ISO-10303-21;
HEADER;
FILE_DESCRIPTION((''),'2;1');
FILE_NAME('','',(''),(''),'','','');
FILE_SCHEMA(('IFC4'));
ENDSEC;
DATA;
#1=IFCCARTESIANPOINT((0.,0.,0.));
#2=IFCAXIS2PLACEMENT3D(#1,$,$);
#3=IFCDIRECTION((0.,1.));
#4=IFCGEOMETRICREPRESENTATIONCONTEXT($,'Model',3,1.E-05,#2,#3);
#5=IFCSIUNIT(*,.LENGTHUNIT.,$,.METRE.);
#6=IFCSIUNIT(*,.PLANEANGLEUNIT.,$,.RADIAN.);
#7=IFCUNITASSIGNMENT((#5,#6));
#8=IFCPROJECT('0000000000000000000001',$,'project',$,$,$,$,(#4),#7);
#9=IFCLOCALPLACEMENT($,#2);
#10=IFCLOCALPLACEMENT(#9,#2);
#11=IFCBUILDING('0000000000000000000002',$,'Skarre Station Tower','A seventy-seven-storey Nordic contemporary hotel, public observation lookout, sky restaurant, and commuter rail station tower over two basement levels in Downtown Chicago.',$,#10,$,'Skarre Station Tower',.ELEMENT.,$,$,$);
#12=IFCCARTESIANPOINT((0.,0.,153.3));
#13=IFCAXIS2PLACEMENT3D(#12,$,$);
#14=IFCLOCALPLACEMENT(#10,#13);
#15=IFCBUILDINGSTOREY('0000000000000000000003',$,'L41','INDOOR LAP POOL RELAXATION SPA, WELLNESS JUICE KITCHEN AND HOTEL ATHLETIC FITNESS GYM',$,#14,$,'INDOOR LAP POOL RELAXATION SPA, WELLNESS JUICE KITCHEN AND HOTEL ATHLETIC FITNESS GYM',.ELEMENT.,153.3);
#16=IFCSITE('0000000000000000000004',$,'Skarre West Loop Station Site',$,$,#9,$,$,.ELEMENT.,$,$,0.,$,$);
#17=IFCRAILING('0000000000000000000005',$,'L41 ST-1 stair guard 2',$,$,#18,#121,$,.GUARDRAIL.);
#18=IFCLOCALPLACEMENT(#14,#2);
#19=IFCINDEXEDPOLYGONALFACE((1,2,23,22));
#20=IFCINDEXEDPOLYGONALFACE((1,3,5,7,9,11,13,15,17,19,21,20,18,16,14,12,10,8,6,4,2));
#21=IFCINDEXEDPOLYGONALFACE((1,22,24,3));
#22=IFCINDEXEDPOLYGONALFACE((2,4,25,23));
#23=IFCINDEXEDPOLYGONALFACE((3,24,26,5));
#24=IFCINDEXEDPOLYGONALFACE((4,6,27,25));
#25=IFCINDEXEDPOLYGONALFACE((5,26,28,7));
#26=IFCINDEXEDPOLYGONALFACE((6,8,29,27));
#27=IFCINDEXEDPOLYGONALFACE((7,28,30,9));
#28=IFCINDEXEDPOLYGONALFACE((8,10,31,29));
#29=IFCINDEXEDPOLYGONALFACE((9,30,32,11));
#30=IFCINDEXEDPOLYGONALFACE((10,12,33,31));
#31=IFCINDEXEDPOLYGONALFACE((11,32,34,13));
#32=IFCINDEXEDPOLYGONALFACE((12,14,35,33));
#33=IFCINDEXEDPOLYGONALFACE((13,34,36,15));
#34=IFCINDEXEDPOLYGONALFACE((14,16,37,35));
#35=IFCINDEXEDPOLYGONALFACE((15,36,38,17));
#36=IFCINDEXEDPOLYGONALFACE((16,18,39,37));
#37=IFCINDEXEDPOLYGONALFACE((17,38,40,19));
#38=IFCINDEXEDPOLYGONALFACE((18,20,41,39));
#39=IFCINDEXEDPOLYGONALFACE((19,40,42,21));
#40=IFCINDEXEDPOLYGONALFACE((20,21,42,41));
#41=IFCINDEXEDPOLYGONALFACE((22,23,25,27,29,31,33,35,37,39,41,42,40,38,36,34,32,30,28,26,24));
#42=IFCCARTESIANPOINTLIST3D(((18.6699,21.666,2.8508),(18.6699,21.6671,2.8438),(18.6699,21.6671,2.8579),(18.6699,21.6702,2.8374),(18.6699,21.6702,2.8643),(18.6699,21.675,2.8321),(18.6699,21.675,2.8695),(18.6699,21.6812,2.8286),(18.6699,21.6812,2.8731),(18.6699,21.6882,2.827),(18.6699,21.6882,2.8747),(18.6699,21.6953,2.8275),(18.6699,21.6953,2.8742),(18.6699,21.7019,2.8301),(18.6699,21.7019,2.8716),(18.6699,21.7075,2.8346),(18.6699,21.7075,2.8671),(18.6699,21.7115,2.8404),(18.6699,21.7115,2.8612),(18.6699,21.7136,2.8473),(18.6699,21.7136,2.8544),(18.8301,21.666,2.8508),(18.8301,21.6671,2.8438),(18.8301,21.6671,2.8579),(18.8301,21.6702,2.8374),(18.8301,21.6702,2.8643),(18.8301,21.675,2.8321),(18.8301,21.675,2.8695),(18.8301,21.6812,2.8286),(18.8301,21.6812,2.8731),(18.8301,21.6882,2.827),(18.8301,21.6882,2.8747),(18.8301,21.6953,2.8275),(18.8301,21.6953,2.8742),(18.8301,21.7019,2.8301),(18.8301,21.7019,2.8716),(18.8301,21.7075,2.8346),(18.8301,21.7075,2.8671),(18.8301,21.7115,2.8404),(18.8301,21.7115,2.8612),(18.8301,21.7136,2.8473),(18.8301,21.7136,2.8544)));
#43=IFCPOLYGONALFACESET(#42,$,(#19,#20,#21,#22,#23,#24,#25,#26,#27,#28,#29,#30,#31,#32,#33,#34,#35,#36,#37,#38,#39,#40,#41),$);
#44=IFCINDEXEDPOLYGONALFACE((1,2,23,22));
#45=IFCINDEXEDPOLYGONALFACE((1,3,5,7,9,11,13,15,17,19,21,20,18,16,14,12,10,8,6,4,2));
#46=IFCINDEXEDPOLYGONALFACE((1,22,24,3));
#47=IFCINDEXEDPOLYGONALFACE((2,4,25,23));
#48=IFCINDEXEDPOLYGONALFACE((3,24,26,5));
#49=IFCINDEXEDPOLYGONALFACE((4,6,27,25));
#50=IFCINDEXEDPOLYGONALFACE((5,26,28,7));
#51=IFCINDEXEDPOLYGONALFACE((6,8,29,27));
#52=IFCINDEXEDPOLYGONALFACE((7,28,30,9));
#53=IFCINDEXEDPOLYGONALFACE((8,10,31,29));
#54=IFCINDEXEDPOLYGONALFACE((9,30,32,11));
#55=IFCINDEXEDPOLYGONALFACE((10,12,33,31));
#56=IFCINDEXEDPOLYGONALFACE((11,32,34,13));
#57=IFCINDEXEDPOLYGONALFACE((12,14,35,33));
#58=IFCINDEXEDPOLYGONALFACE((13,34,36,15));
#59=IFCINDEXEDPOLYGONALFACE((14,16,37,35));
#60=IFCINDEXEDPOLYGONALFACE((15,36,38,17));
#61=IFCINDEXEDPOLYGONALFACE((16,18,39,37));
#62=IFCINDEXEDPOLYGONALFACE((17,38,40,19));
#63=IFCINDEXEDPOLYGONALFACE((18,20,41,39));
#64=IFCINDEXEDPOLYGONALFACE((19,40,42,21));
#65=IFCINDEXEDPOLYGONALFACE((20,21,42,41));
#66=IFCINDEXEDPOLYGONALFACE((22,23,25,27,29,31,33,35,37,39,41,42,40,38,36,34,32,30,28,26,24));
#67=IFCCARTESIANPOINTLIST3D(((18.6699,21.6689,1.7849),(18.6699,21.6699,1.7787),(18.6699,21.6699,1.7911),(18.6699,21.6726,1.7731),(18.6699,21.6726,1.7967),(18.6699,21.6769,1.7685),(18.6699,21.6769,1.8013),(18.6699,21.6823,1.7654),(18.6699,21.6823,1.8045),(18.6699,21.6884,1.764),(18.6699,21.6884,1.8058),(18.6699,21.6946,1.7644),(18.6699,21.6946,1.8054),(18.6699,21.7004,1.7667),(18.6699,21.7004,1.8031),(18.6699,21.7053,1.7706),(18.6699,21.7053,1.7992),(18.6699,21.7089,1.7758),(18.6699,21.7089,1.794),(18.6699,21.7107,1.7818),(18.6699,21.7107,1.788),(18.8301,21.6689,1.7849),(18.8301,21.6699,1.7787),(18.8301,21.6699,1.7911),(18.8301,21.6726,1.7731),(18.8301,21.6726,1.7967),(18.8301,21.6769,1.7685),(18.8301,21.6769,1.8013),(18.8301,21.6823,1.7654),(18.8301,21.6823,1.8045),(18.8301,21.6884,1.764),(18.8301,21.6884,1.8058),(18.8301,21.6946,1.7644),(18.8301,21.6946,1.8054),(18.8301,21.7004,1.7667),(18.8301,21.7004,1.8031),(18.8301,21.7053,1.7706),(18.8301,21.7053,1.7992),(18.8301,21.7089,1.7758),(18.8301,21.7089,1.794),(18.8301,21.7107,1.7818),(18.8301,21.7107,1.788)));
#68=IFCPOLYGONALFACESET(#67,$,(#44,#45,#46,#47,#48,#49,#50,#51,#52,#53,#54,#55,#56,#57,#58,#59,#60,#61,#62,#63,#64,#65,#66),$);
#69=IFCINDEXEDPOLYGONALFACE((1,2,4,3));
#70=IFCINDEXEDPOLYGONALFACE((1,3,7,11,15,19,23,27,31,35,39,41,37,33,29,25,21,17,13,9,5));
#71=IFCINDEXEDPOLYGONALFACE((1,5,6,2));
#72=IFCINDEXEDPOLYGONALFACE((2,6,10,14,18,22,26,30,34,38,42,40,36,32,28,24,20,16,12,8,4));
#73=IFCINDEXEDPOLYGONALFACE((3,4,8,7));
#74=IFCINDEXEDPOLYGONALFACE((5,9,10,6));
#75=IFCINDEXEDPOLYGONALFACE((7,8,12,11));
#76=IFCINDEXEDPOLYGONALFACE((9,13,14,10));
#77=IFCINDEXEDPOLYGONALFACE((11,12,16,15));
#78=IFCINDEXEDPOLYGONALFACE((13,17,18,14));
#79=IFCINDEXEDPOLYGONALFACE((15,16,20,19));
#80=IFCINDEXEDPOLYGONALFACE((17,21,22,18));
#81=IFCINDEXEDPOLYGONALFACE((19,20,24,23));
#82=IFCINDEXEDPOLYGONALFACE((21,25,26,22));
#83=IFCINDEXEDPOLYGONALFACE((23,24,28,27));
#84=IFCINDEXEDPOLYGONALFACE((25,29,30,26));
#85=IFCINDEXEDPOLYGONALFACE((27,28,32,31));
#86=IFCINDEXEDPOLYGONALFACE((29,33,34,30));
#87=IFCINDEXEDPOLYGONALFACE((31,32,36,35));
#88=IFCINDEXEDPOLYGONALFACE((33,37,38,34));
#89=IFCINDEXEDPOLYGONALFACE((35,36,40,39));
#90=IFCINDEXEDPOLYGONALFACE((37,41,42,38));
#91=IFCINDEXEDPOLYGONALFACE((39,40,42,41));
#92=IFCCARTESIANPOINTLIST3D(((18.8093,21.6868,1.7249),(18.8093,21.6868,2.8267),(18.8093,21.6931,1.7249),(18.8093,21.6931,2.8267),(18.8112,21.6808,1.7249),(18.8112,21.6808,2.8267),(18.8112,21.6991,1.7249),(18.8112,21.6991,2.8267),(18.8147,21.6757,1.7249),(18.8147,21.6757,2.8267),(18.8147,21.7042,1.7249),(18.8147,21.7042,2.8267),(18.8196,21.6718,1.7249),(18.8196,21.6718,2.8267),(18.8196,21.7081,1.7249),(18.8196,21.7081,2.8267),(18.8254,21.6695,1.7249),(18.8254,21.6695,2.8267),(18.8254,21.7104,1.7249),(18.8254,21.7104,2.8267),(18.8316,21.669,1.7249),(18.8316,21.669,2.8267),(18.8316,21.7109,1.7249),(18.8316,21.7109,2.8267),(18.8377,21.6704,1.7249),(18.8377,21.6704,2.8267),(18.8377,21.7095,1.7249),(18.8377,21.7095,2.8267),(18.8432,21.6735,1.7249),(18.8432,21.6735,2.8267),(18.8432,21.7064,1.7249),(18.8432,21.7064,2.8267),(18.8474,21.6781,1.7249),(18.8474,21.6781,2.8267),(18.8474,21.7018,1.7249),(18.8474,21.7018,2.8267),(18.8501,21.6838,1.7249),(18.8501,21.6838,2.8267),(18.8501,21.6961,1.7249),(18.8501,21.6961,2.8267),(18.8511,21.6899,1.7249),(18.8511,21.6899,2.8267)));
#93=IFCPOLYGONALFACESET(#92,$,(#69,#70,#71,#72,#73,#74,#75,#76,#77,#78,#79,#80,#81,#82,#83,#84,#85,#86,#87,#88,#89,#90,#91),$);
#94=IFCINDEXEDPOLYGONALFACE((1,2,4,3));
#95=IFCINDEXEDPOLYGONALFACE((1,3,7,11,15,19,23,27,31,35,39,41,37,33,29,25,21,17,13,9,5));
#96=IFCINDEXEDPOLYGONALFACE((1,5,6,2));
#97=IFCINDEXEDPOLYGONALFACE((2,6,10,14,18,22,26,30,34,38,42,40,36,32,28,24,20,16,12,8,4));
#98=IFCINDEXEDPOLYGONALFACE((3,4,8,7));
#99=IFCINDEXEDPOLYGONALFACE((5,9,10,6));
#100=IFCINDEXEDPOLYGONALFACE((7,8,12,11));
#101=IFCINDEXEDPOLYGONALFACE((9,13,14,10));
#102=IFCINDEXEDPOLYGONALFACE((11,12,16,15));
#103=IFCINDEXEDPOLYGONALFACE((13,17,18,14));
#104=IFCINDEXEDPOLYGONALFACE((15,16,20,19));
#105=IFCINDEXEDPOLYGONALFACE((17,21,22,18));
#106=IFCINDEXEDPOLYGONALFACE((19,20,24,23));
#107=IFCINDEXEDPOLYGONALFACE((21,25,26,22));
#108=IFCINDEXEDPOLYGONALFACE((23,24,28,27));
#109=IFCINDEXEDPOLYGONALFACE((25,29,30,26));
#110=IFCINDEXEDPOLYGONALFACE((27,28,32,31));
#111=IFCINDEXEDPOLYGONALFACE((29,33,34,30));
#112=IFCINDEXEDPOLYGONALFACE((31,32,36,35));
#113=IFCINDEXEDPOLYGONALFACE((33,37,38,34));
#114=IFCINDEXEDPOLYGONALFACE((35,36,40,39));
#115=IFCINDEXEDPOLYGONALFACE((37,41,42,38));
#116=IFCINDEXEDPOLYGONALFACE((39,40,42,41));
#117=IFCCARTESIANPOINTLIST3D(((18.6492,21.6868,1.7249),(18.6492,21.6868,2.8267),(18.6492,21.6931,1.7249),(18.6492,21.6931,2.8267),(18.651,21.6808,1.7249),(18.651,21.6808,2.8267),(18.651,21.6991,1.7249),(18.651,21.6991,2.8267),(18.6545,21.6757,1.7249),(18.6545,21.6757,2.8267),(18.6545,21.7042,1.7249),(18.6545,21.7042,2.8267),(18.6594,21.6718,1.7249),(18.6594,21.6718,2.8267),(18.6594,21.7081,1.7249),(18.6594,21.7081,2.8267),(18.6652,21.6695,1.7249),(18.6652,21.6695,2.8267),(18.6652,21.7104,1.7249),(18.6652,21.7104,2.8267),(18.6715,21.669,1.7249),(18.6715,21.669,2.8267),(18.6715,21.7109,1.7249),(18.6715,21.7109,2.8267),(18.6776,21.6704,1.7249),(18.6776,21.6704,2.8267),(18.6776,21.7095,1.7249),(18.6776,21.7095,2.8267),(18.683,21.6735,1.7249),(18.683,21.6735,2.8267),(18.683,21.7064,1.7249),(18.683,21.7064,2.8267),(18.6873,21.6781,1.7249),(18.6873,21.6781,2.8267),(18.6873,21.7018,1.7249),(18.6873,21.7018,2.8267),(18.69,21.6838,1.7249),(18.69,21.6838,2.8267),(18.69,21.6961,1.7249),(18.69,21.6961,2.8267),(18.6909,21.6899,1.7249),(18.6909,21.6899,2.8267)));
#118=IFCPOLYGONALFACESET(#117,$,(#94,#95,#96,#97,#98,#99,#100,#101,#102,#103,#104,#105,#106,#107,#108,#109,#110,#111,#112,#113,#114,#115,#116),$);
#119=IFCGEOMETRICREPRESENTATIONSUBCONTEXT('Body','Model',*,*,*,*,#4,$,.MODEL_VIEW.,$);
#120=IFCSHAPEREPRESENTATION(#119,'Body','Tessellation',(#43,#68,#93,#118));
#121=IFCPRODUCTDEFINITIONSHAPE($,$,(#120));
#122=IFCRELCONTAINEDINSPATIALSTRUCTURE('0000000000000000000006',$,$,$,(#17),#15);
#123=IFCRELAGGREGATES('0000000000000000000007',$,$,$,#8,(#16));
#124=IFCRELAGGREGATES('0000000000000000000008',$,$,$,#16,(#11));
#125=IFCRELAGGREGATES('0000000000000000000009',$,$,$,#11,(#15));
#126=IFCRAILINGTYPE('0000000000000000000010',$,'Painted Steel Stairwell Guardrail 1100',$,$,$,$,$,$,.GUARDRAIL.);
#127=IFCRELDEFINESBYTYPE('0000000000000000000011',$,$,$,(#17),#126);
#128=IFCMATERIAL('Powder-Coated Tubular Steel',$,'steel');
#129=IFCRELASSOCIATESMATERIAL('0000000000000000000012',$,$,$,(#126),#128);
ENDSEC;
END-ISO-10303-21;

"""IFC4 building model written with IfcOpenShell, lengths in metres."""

from ifc_helpers import new_model, si_unit, direction, frame, origin, origin_2d, place, context, subcontext, project, spatial, circle, extrude, material, type_object, element, save


model = new_model("IFC4")

# Units and contexts
model_context = context("Model", 3, precision=1e-05, world=origin(), true_north=direction((0.0, 1.0)))
body_context = subcontext(model_context, "Body", "Model", "MODEL_VIEW")
ifc_project = project(units=[si_unit("LENGTHUNIT", "METRE"), si_unit("PLANEANGLEUNIT", "RADIAN")], contexts=[model_context])

# Site, building, storey
site_placement = place(None, origin())
site = spatial("IfcSite", under=ifc_project, at=site_placement, Name="Skarre West Loop Station Site", CompositionType="ELEMENT", RefElevation=0.0)
building_placement = place(site_placement, origin())
building = spatial("IfcBuilding", under=site, at=building_placement, Name="Skarre Station Tower", Description="A seventy-seven-storey Nordic contemporary hotel, public observation lookout, sky restaurant, and commuter rail station tower over two basement levels in Downtown Chicago.", LongName="Skarre Station Tower", CompositionType="ELEMENT")
storey_placement = place(building_placement, frame((0.0, 0.0, 153.3)))
storey = spatial("IfcBuildingStorey", under=building, at=storey_placement, Name="L41", Description="INDOOR LAP POOL RELAXATION SPA, WELLNESS JUICE KITCHEN AND HOTEL ATHLETIC FITNESS GYM", LongName="INDOOR LAP POOL RELAXATION SPA, WELLNESS JUICE KITCHEN AND HOTEL ATHLETIC FITNESS GYM", CompositionType="ELEMENT", Elevation=153.3)

# Railing
ifc_material_1 = material(Name="Powder-Coated Tubular Steel", Category="steel")
railing_type = type_object("IfcRailingType", Name="Painted Steel Stairwell Guardrail 1100", PredefinedType="GUARDRAIL", material=ifc_material_1)
railing_1_placement = place(storey_placement, frame((18.8301, 21.6899, 1.7249)))
element("IfcRailing", 1, at=railing_1_placement, inside=storey, type_object=railing_type, Name="L41 ST-1 stair guard 2", PredefinedType="GUARDRAIL", context=body_context, shape_type="SweptSolid", body=[
    extrude(circle(Radius=0.0239, at=origin_2d()), frame((0.0, 0.0, 1.126), z_axis=(-1.0, 0.0, 0.0), x_axis=(0.0, -1.0, 0.0)), (0.0, 0.0, 1.0), 0.1602),
    extrude(circle(Radius=0.021, at=origin_2d()), frame((0.0, 0.0, 0.0601), z_axis=(-1.0, 0.0, 0.0), x_axis=(0.0, -1.0, 0.0)), (0.0, 0.0, 1.0), 0.1602),
    extrude(circle(Radius=0.021, at=origin_2d()), origin(), (0.0, 0.0, 1.0), 1.1018),
    extrude(circle(Radius=0.021, at=origin_2d()), frame((-0.1602, 0.0, 0.0)), (0.0, 0.0, 1.0), 1.1018),
])

save(model, "model.ifc")
